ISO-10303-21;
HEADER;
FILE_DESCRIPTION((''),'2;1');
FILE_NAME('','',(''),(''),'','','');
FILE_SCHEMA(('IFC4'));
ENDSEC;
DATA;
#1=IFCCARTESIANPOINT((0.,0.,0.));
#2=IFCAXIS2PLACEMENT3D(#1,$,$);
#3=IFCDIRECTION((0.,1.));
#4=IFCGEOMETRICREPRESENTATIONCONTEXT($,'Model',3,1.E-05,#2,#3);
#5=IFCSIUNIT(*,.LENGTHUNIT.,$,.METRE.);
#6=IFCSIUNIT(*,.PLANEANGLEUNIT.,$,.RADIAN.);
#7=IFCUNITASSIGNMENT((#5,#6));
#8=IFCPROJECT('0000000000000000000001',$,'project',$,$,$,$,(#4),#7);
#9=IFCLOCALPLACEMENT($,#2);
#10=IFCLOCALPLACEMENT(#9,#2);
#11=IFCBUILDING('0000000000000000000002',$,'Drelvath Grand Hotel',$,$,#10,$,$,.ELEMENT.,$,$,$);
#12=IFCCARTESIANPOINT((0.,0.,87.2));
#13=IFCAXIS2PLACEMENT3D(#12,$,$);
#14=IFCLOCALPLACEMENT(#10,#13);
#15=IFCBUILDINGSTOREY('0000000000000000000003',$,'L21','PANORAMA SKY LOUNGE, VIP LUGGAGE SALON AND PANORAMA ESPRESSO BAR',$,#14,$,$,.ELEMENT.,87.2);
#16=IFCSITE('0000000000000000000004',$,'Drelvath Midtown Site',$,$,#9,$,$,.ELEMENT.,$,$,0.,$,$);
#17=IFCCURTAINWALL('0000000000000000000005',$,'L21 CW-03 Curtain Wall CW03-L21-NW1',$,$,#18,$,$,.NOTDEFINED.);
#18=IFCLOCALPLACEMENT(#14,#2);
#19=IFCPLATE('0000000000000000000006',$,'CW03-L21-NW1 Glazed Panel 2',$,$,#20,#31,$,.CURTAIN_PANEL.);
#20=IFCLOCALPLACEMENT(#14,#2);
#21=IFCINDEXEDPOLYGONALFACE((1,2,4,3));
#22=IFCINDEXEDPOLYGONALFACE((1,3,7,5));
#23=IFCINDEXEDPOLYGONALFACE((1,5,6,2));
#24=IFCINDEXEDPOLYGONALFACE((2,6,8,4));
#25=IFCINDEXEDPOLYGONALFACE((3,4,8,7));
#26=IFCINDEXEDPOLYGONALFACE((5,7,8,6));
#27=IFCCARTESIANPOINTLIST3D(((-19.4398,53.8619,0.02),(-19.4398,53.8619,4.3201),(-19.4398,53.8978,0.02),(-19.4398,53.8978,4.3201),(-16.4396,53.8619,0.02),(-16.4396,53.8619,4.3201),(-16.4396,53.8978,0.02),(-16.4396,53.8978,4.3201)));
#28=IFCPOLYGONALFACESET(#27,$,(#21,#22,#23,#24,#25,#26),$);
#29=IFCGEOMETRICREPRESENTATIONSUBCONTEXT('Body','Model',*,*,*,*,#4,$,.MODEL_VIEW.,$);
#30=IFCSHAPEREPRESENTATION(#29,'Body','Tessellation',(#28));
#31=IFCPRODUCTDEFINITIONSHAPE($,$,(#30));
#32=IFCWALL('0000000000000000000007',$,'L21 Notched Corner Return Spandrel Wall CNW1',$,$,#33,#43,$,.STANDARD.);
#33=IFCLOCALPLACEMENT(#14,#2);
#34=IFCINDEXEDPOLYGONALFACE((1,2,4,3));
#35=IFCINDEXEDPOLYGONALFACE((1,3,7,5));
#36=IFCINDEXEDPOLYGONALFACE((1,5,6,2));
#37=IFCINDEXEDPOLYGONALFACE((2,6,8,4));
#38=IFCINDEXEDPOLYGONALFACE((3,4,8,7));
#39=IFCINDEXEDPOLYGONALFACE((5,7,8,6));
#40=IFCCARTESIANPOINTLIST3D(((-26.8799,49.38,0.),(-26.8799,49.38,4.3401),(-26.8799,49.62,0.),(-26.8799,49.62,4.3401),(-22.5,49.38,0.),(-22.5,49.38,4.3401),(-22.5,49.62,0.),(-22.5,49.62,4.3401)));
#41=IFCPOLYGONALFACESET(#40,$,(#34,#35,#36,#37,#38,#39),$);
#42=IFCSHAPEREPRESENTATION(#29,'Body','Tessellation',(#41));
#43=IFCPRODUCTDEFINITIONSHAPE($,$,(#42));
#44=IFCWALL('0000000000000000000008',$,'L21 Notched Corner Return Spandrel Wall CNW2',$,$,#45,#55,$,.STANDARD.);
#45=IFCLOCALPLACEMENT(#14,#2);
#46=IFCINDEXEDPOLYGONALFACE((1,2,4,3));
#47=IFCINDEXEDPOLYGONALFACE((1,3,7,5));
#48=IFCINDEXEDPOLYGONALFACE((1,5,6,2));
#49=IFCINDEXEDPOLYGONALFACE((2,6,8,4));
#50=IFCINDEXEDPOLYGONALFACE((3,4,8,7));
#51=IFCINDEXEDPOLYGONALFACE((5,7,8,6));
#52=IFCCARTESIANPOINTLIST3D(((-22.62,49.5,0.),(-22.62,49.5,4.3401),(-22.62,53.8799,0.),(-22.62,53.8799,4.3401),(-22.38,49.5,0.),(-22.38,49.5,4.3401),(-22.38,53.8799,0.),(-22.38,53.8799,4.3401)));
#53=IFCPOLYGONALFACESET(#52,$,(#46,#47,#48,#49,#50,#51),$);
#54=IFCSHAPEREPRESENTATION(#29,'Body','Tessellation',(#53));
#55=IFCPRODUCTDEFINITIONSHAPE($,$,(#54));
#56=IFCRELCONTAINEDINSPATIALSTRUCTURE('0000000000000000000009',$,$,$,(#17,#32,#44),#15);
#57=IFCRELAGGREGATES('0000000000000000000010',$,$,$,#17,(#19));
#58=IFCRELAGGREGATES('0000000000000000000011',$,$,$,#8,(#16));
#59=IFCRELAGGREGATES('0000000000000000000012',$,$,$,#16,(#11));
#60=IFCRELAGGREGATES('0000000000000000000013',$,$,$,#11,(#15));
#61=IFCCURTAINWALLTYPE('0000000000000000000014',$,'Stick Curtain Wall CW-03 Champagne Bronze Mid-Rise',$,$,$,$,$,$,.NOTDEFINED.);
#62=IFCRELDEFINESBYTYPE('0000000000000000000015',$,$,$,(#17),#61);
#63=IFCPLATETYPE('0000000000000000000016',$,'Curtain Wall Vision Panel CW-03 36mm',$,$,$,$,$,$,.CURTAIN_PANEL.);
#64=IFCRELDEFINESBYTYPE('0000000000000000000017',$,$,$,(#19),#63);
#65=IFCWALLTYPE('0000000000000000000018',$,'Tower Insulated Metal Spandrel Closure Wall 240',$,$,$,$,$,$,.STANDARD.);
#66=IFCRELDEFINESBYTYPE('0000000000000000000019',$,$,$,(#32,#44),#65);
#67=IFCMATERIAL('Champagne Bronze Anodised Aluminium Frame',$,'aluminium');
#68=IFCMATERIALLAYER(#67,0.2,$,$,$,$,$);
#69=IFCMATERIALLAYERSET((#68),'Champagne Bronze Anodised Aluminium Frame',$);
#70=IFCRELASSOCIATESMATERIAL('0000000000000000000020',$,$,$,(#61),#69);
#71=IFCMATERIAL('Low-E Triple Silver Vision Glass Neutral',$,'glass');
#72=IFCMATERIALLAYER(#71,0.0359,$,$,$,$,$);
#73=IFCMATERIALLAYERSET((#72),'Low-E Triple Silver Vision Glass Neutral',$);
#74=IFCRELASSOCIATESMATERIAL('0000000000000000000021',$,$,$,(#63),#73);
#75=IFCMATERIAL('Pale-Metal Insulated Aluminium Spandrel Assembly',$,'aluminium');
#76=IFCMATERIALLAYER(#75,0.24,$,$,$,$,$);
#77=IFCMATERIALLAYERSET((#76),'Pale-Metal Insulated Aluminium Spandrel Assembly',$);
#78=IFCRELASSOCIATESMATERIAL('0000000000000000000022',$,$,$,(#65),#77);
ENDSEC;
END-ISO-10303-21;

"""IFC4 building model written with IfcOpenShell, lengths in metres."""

from ifc_helpers import new_model, si_unit, direction, frame, frame_2d, origin, origin_2d, place, context, subcontext, project, spatial, rectangle, extrude, material, layer, layer_set, type_object, element, aggregate, save


model = new_model("IFC4")

# Units and contexts
model_context = context("Model", 3, precision=1e-05, world=origin(), true_north=direction((0.0, 1.0)))
body_context = subcontext(model_context, "Body", "Model", "MODEL_VIEW")
ifc_project = project(units=[si_unit("LENGTHUNIT", "METRE"), si_unit("PLANEANGLEUNIT", "RADIAN")], contexts=[model_context])

# Site, building, storey
site_placement = place(None, origin())
site = spatial("IfcSite", under=ifc_project, at=site_placement, Name="Drelvath Midtown Site", CompositionType="ELEMENT", RefElevation=0.0)
building_placement = place(site_placement, origin())
building = spatial("IfcBuilding", under=site, at=building_placement, Name="Drelvath Grand Hotel", CompositionType="ELEMENT")
storey_placement = place(building_placement, frame((0.0, 0.0, 87.2)))
storey = spatial("IfcBuildingStorey", under=building, at=storey_placement, Name="L21", Description="PANORAMA SKY LOUNGE, VIP LUGGAGE SALON AND PANORAMA ESPRESSO BAR", CompositionType="ELEMENT", Elevation=87.2)

# Curtain wall
ifc_material_1 = material(Name="Champagne Bronze Anodised Aluminium Frame", Category="aluminium")
ifc_layer_1 = layer(ifc_material_1, 0.2)
ifc_layer_set_1 = layer_set([ifc_layer_1], Name="Champagne Bronze Anodised Aluminium Frame")
curtain_wall_type = type_object("IfcCurtainWallType", Name="Stick Curtain Wall CW-03 Champagne Bronze Mid-Rise", PredefinedType="NOTDEFINED", material=ifc_layer_set_1)
curtain_wall_1_placement = place(storey_placement, origin())
curtain_wall_1 = element("IfcCurtainWall", 1, at=curtain_wall_1_placement, inside=storey, type_object=curtain_wall_type, Name="L21 CW-03 Curtain Wall CW03-L21-NW1", PredefinedType="NOTDEFINED")

# Plate
ifc_material_2 = material(Name="Low-E Triple Silver Vision Glass Neutral", Category="glass")
ifc_layer_2 = layer(ifc_material_2, 0.0359)
ifc_layer_set_2 = layer_set([ifc_layer_2], Name="Low-E Triple Silver Vision Glass Neutral")
plate_type = type_object("IfcPlateType", Name="Curtain Wall Vision Panel CW-03 36mm", PredefinedType="CURTAIN_PANEL", material=ifc_layer_set_2)
plate_1_placement = place(storey_placement, frame((-17.9397, 53.8799, 0.02), z_axis=(0.0, 0.0, 1.0), x_axis=(1.0, 0.0, 0.0)))
plate_1 = element("IfcPlate", 2, at=plate_1_placement, type_object=plate_type, Name="CW03-L21-NW1 Glazed Panel 2", PredefinedType="CURTAIN_PANEL", context=body_context, shape_type="SweptSolid", body=[
    extrude(rectangle(XDim=3.0002, YDim=0.0359, at=origin_2d()), origin(), (0.0, 0.0, 1.0), 4.3),
])
aggregate(curtain_wall_1, [plate_1])

# Walls
ifc_material_3 = material(Name="Pale-Metal Insulated Aluminium Spandrel Assembly", Category="aluminium")
ifc_layer_3 = layer(ifc_material_3, 0.24)
ifc_layer_set_3 = layer_set([ifc_layer_3], Name="Pale-Metal Insulated Aluminium Spandrel Assembly")
wall_type = type_object("IfcWallType", Name="Tower Insulated Metal Spandrel Closure Wall 240", PredefinedType="STANDARD", material=ifc_layer_set_3)
for number, where, z_axis, x_axis, name in (
    (3, (-26.8799, 49.5, 0.0), (0.0, 0.0, 1.0), (1.0, 0.0, 0.0), "L21 Notched Corner Return Spandrel Wall CNW1"),
    (4, (-22.5, 49.5, 0.0), (0.0, 0.0, 1.0), (0.0, 1.0, 0.0), "L21 Notched Corner Return Spandrel Wall CNW2"),
):
    element("IfcWall", number, at=place(storey_placement, frame(where, z_axis=z_axis, x_axis=x_axis)), inside=storey, type_object=wall_type, Name=name, PredefinedType="STANDARD", context=body_context, shape_type="SweptSolid", body=[
        extrude(rectangle(XDim=4.3799, YDim=0.24, at=frame_2d((2.1899, 0.0))), origin(), (0.0, 0.0, 1.0), 4.3401),
    ])

save(model, "model.ifc")
